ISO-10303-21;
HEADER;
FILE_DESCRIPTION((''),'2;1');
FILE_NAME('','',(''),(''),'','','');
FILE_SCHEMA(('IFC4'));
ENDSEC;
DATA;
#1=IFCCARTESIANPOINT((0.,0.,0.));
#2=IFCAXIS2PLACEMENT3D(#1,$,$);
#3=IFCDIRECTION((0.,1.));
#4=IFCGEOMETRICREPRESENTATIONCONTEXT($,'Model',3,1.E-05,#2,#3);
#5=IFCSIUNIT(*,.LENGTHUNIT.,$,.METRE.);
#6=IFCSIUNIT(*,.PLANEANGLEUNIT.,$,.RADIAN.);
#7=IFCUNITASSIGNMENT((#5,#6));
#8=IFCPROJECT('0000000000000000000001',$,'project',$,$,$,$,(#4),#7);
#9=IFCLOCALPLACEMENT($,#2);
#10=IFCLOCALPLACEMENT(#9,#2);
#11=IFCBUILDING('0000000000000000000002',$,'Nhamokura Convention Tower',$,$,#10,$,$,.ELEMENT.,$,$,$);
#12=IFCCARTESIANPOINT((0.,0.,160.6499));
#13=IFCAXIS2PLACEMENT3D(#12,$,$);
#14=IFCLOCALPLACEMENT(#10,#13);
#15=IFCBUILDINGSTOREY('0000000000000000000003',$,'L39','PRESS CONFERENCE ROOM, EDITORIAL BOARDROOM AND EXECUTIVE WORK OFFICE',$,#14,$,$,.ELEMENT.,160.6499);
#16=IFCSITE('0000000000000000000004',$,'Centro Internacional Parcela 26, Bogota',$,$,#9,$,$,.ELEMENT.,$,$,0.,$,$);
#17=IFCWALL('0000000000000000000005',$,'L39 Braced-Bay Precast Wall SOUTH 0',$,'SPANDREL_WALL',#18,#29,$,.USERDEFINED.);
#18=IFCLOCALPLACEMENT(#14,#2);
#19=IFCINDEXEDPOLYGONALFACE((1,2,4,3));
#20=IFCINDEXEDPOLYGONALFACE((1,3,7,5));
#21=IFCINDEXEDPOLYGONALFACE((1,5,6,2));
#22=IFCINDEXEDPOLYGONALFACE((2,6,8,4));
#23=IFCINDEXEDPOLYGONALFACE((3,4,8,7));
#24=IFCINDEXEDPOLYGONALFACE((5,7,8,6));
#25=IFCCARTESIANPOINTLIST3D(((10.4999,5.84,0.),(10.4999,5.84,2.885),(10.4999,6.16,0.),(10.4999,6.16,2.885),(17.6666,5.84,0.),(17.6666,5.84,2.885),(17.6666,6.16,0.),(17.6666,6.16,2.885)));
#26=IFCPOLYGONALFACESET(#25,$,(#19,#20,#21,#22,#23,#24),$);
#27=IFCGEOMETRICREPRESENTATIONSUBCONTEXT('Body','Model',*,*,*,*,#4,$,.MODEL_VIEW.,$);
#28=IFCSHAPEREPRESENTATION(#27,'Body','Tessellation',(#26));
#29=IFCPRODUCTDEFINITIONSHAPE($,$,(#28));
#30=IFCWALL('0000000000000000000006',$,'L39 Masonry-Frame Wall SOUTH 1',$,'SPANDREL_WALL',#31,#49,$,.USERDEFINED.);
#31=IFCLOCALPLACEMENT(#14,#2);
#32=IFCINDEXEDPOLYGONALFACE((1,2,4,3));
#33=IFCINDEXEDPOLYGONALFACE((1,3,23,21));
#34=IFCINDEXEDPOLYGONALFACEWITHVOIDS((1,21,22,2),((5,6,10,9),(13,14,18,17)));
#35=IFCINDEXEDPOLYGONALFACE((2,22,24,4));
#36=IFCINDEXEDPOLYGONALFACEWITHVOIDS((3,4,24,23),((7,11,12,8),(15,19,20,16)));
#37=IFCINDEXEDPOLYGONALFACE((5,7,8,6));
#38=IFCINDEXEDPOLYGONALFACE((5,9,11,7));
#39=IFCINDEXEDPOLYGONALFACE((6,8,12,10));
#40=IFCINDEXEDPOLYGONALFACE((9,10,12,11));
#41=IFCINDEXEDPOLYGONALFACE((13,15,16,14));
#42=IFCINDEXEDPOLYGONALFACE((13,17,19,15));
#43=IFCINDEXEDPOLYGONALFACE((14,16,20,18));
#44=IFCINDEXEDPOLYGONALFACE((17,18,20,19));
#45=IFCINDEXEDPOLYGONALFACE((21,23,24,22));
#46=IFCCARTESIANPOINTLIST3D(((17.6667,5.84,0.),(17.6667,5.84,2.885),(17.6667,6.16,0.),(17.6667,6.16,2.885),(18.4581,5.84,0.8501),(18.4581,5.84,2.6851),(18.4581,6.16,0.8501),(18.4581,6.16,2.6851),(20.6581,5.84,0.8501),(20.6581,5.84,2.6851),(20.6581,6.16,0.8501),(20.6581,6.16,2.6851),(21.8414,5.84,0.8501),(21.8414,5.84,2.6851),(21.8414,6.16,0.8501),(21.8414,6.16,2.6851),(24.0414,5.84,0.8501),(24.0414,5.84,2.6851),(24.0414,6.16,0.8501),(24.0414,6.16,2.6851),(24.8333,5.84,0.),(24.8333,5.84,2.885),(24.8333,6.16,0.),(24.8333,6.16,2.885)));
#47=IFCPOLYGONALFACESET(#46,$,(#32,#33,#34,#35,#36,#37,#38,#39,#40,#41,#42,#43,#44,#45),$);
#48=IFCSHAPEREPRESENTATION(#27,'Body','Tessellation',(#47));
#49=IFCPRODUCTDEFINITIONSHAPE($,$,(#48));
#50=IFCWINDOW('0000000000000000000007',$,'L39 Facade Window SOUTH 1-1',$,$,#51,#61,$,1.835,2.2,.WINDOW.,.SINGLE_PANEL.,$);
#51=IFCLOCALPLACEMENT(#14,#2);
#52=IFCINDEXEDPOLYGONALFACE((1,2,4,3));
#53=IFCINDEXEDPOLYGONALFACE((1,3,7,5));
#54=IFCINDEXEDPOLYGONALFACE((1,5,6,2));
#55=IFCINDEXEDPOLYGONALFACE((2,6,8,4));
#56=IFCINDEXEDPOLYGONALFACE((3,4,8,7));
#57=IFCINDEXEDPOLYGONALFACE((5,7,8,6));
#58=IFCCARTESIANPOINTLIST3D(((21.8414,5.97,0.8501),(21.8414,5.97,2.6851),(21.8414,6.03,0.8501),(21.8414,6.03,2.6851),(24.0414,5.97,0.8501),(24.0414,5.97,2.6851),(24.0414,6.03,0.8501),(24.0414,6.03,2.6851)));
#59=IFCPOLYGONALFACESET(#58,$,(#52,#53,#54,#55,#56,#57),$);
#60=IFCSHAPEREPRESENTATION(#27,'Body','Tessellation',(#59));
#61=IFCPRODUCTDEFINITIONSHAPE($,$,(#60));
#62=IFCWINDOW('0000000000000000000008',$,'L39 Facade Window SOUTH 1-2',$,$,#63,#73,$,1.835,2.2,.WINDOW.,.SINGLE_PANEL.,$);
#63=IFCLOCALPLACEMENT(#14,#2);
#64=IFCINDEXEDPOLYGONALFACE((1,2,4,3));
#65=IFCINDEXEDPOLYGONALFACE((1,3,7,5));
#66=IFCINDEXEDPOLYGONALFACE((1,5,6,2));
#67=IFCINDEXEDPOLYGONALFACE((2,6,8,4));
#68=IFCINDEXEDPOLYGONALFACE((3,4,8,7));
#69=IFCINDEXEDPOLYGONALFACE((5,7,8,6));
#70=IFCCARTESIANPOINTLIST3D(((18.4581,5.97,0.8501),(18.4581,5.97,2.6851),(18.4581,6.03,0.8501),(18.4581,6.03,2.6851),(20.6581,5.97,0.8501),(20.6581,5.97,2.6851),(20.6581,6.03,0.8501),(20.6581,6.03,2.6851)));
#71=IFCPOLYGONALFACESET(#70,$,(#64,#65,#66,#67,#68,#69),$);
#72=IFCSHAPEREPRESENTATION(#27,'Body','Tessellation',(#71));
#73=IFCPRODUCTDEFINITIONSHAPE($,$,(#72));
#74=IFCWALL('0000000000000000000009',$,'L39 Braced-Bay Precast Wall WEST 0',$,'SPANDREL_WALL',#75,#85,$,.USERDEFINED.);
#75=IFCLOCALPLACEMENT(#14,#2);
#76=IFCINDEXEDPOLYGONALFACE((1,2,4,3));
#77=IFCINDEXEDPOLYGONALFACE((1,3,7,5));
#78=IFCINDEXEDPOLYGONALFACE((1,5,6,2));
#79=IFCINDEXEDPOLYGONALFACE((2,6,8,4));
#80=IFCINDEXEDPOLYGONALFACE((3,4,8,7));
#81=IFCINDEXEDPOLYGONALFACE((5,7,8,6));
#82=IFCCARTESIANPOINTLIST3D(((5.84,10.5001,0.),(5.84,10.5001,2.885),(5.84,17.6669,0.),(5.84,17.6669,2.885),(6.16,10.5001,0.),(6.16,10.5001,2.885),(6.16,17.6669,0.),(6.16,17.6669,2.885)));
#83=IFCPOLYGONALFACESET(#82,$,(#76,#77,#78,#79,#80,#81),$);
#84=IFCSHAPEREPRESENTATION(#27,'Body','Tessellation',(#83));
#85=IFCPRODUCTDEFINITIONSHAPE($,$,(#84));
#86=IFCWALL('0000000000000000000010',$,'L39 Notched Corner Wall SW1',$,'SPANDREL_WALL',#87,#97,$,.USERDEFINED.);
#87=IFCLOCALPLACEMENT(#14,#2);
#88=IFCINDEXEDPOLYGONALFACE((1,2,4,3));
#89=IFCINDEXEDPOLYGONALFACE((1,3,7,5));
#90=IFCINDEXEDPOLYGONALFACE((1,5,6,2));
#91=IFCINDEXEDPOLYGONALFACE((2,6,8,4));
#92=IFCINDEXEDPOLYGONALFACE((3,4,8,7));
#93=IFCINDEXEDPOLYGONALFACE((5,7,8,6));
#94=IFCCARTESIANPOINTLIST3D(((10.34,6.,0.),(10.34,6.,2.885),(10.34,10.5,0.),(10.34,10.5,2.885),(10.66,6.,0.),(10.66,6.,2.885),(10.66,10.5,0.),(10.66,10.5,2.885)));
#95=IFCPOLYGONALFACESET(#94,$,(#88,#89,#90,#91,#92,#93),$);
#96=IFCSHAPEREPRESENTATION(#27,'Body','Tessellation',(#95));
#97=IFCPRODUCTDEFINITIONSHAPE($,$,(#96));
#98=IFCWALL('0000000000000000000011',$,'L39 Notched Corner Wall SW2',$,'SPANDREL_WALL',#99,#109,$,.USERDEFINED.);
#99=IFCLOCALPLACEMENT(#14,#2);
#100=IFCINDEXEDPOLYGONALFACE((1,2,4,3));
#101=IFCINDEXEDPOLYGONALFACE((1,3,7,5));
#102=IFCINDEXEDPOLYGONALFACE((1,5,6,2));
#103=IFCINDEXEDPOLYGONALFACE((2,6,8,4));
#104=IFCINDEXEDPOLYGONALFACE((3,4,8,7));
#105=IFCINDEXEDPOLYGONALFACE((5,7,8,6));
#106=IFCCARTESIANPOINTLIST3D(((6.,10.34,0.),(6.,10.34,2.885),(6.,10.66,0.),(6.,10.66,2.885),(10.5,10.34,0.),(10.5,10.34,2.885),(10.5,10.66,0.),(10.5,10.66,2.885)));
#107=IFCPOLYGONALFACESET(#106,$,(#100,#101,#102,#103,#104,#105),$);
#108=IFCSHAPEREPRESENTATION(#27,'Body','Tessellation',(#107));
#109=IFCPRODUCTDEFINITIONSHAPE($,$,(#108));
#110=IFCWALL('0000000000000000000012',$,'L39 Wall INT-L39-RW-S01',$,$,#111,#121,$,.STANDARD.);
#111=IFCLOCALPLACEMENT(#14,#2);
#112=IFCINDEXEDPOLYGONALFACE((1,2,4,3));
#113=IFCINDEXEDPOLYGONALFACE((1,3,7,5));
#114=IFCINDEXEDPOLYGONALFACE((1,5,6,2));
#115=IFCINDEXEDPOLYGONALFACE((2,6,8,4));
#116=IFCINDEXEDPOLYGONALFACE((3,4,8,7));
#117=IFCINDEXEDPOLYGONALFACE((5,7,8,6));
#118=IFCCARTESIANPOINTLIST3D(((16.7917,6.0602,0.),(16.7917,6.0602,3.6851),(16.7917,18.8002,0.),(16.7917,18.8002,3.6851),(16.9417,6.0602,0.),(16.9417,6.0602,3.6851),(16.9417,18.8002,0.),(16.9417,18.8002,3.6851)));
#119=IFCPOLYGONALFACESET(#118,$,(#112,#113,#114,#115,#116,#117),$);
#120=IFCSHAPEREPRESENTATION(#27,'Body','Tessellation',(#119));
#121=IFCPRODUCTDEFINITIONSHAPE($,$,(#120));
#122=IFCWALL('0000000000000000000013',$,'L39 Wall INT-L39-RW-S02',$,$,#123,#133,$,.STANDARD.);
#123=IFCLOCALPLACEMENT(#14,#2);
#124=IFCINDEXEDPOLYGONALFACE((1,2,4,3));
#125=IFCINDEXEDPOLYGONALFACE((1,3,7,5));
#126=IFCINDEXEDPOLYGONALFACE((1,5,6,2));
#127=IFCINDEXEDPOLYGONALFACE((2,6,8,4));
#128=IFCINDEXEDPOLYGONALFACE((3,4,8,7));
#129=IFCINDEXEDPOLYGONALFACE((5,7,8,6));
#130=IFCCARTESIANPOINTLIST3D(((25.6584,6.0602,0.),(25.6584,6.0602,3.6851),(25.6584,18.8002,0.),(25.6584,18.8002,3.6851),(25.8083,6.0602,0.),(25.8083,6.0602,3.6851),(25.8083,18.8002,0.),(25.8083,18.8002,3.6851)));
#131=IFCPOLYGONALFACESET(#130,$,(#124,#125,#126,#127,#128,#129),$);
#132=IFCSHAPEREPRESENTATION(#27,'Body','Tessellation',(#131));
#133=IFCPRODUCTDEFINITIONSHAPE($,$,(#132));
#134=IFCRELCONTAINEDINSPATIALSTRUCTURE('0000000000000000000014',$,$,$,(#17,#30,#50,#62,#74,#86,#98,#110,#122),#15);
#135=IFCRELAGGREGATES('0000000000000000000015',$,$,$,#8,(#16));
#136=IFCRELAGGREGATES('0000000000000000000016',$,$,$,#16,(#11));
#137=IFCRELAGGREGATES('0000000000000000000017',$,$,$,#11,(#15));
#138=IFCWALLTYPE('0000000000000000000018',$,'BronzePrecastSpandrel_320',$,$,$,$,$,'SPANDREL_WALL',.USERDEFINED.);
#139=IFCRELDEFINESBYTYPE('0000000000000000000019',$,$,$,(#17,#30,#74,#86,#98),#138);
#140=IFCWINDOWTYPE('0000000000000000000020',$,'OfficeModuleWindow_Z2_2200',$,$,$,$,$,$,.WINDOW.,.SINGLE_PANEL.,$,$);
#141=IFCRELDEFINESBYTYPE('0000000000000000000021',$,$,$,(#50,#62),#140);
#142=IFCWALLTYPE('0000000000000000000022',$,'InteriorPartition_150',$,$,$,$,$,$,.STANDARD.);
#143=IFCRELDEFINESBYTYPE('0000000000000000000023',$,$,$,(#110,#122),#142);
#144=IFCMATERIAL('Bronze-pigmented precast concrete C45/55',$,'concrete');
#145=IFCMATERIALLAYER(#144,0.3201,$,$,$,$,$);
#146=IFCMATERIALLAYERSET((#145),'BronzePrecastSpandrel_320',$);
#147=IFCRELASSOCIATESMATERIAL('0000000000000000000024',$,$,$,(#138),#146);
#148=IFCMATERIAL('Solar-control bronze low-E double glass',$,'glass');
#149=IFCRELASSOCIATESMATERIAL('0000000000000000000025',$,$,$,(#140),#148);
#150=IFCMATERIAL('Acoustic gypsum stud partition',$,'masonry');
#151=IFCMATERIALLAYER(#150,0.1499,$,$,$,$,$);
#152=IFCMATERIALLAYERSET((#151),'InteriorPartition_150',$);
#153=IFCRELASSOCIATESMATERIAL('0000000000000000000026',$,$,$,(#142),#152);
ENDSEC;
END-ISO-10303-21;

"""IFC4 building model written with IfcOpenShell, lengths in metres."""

from ifc_helpers import new_model, si_unit, direction, frame, frame_2d, origin, place, context, subcontext, project, spatial, rectangle, extrude, material, layer, layer_set, type_object, element, fill, save


model = new_model("IFC4")

# Units and contexts
model_context = context("Model", 3, precision=1e-05, world=origin(), true_north=direction((0.0, 1.0)))
body_context = subcontext(model_context, "Body", "Model", "MODEL_VIEW")
ifc_project = project(units=[si_unit("LENGTHUNIT", "METRE"), si_unit("PLANEANGLEUNIT", "RADIAN")], contexts=[model_context])

# Site, building, storey
site_placement = place(None, origin())
site = spatial("IfcSite", under=ifc_project, at=site_placement, Name="Centro Internacional Parcela 26, Bogota", CompositionType="ELEMENT", RefElevation=0.0)
building_placement = place(site_placement, origin())
building = spatial("IfcBuilding", under=site, at=building_placement, Name="Nhamokura Convention Tower", CompositionType="ELEMENT")
storey_placement = place(building_placement, frame((0.0, 0.0, 160.6499)))
storey = spatial("IfcBuildingStorey", under=building, at=storey_placement, Name="L39", Description="PRESS CONFERENCE ROOM, EDITORIAL BOARDROOM AND EXECUTIVE WORK OFFICE", CompositionType="ELEMENT", Elevation=160.6499)

# Wall
ifc_material_1 = material(Name="Bronze-pigmented precast concrete C45/55", Category="concrete")
ifc_layer_1 = layer(ifc_material_1, 0.3201)
ifc_layer_set_1 = layer_set([ifc_layer_1], Name="BronzePrecastSpandrel_320")
wall_type_1 = type_object("IfcWallType", Name="BronzePrecastSpandrel_320", ElementType="SPANDREL_WALL", PredefinedType="USERDEFINED", material=ifc_layer_set_1)
wall_1_placement = place(storey_placement, frame((17.6667, 6.0, 0.0), z_axis=(0.0, 0.0, 1.0), x_axis=(-1.0, 0.0, 0.0)))
element("IfcWall", 1, at=wall_1_placement, inside=storey, type_object=wall_type_1, Name="L39 Braced-Bay Precast Wall SOUTH 0", ObjectType="SPANDREL_WALL", PredefinedType="USERDEFINED", context=body_context, shape_type="SweptSolid", body=[
    extrude(rectangle(XDim=7.1667, YDim=0.3201, at=frame_2d((3.5835, 0.0))), origin(), (0.0, 0.0, 1.0), 2.885),
])

# Wall, openings, windows
wall_2_placement = place(storey_placement, frame((24.8333, 6.0, 0.0), z_axis=(0.0, 0.0, 1.0), x_axis=(-1.0, 0.0, 0.0)))
wall_2 = element("IfcWall", 2, at=wall_2_placement, inside=storey, type_object=wall_type_1, Name="L39 Masonry-Frame Wall SOUTH 1", ObjectType="SPANDREL_WALL", PredefinedType="USERDEFINED", context=body_context, shape_type="SweptSolid", body=[
    extrude(rectangle(XDim=7.1665, YDim=0.3201, at=frame_2d((3.5833, 0.0))), origin(), (0.0, 0.0, 1.0), 2.885),
])
opening_1_placement = place(wall_2_placement, frame((0.7917, 0.0, 0.8501)))
opening_1 = element("IfcOpeningElement", 3, at=opening_1_placement, cuts=wall_2, PredefinedType="OPENING", context=body_context, shape_type="SweptSolid", body=[
    extrude(rectangle(XDim=2.2, YDim=1.835, at=frame_2d((1.1001, 0.9175))), frame((0.0, 0.1699, 0.0), z_axis=(0.0, -1.0, 0.0), x_axis=(1.0, 0.0, 0.0)), (0.0, 0.0, 1.0), 0.3401),
])
opening_2_placement = place(wall_2_placement, frame((4.175, 0.0, 0.8501)))
opening_2 = element("IfcOpeningElement", 4, at=opening_2_placement, cuts=wall_2, PredefinedType="OPENING", context=body_context, shape_type="SweptSolid", body=[
    extrude(rectangle(XDim=2.2, YDim=1.835, at=frame_2d((1.1001, 0.9175))), frame((0.0, 0.1699, 0.0), z_axis=(0.0, -1.0, 0.0), x_axis=(1.0, 0.0, 0.0)), (0.0, 0.0, 1.0), 0.3401),
])
ifc_material_2 = material(Name="Solar-control bronze low-E double glass", Category="glass")
window_type = type_object("IfcWindowType", Name="OfficeModuleWindow_Z2_2200", PartitioningType="SINGLE_PANEL", PredefinedType="WINDOW", material=ifc_material_2)
window_1_placement = place(opening_1_placement, origin())
window_1 = element("IfcWindow", 5, at=window_1_placement, inside=storey, type_object=window_type, Name="L39 Facade Window SOUTH 1-1", OverallHeight=1.835, OverallWidth=2.2, PartitioningType="SINGLE_PANEL", PredefinedType="WINDOW", context=body_context, shape_type="SweptSolid", body=[
    extrude(rectangle(XDim=2.2, YDim=1.835, at=frame_2d((1.1001, 0.9175))), frame((0.0, 0.03, 0.0), z_axis=(0.0, -1.0, 0.0), x_axis=(1.0, 0.0, 0.0)), (0.0, 0.0, 1.0), 0.0601),
])
fill(opening_1, window_1)
window_2_placement = place(opening_2_placement, origin())
window_2 = element("IfcWindow", 6, at=window_2_placement, inside=storey, type_object=window_type, Name="L39 Facade Window SOUTH 1-2", OverallHeight=1.835, OverallWidth=2.2, PartitioningType="SINGLE_PANEL", PredefinedType="WINDOW", context=body_context, shape_type="SweptSolid", body=[
    extrude(rectangle(XDim=2.2, YDim=1.835, at=frame_2d((1.1001, 0.9175))), frame((0.0, 0.03, 0.0), z_axis=(0.0, -1.0, 0.0), x_axis=(1.0, 0.0, 0.0)), (0.0, 0.0, 1.0), 0.0601),
])
fill(opening_2, window_2)

# Walls
wall_3_placement = place(storey_placement, frame((6.0, 10.5, 0.0), z_axis=(0.0, 0.0, 1.0), x_axis=(0.0, 1.0, 0.0)))
element("IfcWall", 7, at=wall_3_placement, inside=storey, type_object=wall_type_1, Name="L39 Braced-Bay Precast Wall WEST 0", ObjectType="SPANDREL_WALL", PredefinedType="USERDEFINED", context=body_context, shape_type="SweptSolid", body=[
    extrude(rectangle(XDim=7.1667, YDim=0.3201, at=frame_2d((3.5835, 0.0))), origin(), (0.0, 0.0, 1.0), 2.885),
])
for number, where, z_axis, x_axis, name in (
    (8, (10.5, 6.0, 0.0), (0.0, 0.0, 1.0), (0.0, 1.0, 0.0), "L39 Notched Corner Wall SW1"),
    (9, (10.5, 10.5, 0.0), (0.0, 0.0, 1.0), (-1.0, 0.0, 0.0), "L39 Notched Corner Wall SW2"),
):
    element("IfcWall", number, at=place(storey_placement, frame(where, z_axis=z_axis, x_axis=x_axis)), inside=storey, type_object=wall_type_1, Name=name, ObjectType="SPANDREL_WALL", PredefinedType="USERDEFINED", context=body_context, shape_type="SweptSolid", body=[
        extrude(rectangle(XDim=4.5, YDim=0.3201, at=frame_2d((2.25, 0.0))), origin(), (0.0, 0.0, 1.0), 2.885),
    ])
ifc_material_3 = material(Name="Acoustic gypsum stud partition", Category="masonry")
ifc_layer_2 = layer(ifc_material_3, 0.1499)
ifc_layer_set_2 = layer_set([ifc_layer_2], Name="InteriorPartition_150")
wall_type_2 = type_object("IfcWallType", Name="InteriorPartition_150", PredefinedType="STANDARD", material=ifc_layer_set_2)
for number, where, z_axis, x_axis, name in (
    (10, (16.8667, 6.0601, 0.0), (0.0, 0.0, 1.0), (0.0, 1.0, 0.0), "L39 Wall INT-L39-RW-S01"),
    (11, (25.7334, 6.0601, 0.0), (0.0, 0.0, 1.0), (0.0, 1.0, 0.0), "L39 Wall INT-L39-RW-S02"),
):
    element("IfcWall", number, at=place(storey_placement, frame(where, z_axis=z_axis, x_axis=x_axis)), inside=storey, type_object=wall_type_2, Name=name, PredefinedType="STANDARD", context=body_context, shape_type="SweptSolid", body=[
        extrude(rectangle(XDim=12.74, YDim=0.1499, at=frame_2d((6.3701, 0.0))), origin(), (0.0, 0.0, 1.0), 3.6851),
    ])

save(model, "model.ifc")
